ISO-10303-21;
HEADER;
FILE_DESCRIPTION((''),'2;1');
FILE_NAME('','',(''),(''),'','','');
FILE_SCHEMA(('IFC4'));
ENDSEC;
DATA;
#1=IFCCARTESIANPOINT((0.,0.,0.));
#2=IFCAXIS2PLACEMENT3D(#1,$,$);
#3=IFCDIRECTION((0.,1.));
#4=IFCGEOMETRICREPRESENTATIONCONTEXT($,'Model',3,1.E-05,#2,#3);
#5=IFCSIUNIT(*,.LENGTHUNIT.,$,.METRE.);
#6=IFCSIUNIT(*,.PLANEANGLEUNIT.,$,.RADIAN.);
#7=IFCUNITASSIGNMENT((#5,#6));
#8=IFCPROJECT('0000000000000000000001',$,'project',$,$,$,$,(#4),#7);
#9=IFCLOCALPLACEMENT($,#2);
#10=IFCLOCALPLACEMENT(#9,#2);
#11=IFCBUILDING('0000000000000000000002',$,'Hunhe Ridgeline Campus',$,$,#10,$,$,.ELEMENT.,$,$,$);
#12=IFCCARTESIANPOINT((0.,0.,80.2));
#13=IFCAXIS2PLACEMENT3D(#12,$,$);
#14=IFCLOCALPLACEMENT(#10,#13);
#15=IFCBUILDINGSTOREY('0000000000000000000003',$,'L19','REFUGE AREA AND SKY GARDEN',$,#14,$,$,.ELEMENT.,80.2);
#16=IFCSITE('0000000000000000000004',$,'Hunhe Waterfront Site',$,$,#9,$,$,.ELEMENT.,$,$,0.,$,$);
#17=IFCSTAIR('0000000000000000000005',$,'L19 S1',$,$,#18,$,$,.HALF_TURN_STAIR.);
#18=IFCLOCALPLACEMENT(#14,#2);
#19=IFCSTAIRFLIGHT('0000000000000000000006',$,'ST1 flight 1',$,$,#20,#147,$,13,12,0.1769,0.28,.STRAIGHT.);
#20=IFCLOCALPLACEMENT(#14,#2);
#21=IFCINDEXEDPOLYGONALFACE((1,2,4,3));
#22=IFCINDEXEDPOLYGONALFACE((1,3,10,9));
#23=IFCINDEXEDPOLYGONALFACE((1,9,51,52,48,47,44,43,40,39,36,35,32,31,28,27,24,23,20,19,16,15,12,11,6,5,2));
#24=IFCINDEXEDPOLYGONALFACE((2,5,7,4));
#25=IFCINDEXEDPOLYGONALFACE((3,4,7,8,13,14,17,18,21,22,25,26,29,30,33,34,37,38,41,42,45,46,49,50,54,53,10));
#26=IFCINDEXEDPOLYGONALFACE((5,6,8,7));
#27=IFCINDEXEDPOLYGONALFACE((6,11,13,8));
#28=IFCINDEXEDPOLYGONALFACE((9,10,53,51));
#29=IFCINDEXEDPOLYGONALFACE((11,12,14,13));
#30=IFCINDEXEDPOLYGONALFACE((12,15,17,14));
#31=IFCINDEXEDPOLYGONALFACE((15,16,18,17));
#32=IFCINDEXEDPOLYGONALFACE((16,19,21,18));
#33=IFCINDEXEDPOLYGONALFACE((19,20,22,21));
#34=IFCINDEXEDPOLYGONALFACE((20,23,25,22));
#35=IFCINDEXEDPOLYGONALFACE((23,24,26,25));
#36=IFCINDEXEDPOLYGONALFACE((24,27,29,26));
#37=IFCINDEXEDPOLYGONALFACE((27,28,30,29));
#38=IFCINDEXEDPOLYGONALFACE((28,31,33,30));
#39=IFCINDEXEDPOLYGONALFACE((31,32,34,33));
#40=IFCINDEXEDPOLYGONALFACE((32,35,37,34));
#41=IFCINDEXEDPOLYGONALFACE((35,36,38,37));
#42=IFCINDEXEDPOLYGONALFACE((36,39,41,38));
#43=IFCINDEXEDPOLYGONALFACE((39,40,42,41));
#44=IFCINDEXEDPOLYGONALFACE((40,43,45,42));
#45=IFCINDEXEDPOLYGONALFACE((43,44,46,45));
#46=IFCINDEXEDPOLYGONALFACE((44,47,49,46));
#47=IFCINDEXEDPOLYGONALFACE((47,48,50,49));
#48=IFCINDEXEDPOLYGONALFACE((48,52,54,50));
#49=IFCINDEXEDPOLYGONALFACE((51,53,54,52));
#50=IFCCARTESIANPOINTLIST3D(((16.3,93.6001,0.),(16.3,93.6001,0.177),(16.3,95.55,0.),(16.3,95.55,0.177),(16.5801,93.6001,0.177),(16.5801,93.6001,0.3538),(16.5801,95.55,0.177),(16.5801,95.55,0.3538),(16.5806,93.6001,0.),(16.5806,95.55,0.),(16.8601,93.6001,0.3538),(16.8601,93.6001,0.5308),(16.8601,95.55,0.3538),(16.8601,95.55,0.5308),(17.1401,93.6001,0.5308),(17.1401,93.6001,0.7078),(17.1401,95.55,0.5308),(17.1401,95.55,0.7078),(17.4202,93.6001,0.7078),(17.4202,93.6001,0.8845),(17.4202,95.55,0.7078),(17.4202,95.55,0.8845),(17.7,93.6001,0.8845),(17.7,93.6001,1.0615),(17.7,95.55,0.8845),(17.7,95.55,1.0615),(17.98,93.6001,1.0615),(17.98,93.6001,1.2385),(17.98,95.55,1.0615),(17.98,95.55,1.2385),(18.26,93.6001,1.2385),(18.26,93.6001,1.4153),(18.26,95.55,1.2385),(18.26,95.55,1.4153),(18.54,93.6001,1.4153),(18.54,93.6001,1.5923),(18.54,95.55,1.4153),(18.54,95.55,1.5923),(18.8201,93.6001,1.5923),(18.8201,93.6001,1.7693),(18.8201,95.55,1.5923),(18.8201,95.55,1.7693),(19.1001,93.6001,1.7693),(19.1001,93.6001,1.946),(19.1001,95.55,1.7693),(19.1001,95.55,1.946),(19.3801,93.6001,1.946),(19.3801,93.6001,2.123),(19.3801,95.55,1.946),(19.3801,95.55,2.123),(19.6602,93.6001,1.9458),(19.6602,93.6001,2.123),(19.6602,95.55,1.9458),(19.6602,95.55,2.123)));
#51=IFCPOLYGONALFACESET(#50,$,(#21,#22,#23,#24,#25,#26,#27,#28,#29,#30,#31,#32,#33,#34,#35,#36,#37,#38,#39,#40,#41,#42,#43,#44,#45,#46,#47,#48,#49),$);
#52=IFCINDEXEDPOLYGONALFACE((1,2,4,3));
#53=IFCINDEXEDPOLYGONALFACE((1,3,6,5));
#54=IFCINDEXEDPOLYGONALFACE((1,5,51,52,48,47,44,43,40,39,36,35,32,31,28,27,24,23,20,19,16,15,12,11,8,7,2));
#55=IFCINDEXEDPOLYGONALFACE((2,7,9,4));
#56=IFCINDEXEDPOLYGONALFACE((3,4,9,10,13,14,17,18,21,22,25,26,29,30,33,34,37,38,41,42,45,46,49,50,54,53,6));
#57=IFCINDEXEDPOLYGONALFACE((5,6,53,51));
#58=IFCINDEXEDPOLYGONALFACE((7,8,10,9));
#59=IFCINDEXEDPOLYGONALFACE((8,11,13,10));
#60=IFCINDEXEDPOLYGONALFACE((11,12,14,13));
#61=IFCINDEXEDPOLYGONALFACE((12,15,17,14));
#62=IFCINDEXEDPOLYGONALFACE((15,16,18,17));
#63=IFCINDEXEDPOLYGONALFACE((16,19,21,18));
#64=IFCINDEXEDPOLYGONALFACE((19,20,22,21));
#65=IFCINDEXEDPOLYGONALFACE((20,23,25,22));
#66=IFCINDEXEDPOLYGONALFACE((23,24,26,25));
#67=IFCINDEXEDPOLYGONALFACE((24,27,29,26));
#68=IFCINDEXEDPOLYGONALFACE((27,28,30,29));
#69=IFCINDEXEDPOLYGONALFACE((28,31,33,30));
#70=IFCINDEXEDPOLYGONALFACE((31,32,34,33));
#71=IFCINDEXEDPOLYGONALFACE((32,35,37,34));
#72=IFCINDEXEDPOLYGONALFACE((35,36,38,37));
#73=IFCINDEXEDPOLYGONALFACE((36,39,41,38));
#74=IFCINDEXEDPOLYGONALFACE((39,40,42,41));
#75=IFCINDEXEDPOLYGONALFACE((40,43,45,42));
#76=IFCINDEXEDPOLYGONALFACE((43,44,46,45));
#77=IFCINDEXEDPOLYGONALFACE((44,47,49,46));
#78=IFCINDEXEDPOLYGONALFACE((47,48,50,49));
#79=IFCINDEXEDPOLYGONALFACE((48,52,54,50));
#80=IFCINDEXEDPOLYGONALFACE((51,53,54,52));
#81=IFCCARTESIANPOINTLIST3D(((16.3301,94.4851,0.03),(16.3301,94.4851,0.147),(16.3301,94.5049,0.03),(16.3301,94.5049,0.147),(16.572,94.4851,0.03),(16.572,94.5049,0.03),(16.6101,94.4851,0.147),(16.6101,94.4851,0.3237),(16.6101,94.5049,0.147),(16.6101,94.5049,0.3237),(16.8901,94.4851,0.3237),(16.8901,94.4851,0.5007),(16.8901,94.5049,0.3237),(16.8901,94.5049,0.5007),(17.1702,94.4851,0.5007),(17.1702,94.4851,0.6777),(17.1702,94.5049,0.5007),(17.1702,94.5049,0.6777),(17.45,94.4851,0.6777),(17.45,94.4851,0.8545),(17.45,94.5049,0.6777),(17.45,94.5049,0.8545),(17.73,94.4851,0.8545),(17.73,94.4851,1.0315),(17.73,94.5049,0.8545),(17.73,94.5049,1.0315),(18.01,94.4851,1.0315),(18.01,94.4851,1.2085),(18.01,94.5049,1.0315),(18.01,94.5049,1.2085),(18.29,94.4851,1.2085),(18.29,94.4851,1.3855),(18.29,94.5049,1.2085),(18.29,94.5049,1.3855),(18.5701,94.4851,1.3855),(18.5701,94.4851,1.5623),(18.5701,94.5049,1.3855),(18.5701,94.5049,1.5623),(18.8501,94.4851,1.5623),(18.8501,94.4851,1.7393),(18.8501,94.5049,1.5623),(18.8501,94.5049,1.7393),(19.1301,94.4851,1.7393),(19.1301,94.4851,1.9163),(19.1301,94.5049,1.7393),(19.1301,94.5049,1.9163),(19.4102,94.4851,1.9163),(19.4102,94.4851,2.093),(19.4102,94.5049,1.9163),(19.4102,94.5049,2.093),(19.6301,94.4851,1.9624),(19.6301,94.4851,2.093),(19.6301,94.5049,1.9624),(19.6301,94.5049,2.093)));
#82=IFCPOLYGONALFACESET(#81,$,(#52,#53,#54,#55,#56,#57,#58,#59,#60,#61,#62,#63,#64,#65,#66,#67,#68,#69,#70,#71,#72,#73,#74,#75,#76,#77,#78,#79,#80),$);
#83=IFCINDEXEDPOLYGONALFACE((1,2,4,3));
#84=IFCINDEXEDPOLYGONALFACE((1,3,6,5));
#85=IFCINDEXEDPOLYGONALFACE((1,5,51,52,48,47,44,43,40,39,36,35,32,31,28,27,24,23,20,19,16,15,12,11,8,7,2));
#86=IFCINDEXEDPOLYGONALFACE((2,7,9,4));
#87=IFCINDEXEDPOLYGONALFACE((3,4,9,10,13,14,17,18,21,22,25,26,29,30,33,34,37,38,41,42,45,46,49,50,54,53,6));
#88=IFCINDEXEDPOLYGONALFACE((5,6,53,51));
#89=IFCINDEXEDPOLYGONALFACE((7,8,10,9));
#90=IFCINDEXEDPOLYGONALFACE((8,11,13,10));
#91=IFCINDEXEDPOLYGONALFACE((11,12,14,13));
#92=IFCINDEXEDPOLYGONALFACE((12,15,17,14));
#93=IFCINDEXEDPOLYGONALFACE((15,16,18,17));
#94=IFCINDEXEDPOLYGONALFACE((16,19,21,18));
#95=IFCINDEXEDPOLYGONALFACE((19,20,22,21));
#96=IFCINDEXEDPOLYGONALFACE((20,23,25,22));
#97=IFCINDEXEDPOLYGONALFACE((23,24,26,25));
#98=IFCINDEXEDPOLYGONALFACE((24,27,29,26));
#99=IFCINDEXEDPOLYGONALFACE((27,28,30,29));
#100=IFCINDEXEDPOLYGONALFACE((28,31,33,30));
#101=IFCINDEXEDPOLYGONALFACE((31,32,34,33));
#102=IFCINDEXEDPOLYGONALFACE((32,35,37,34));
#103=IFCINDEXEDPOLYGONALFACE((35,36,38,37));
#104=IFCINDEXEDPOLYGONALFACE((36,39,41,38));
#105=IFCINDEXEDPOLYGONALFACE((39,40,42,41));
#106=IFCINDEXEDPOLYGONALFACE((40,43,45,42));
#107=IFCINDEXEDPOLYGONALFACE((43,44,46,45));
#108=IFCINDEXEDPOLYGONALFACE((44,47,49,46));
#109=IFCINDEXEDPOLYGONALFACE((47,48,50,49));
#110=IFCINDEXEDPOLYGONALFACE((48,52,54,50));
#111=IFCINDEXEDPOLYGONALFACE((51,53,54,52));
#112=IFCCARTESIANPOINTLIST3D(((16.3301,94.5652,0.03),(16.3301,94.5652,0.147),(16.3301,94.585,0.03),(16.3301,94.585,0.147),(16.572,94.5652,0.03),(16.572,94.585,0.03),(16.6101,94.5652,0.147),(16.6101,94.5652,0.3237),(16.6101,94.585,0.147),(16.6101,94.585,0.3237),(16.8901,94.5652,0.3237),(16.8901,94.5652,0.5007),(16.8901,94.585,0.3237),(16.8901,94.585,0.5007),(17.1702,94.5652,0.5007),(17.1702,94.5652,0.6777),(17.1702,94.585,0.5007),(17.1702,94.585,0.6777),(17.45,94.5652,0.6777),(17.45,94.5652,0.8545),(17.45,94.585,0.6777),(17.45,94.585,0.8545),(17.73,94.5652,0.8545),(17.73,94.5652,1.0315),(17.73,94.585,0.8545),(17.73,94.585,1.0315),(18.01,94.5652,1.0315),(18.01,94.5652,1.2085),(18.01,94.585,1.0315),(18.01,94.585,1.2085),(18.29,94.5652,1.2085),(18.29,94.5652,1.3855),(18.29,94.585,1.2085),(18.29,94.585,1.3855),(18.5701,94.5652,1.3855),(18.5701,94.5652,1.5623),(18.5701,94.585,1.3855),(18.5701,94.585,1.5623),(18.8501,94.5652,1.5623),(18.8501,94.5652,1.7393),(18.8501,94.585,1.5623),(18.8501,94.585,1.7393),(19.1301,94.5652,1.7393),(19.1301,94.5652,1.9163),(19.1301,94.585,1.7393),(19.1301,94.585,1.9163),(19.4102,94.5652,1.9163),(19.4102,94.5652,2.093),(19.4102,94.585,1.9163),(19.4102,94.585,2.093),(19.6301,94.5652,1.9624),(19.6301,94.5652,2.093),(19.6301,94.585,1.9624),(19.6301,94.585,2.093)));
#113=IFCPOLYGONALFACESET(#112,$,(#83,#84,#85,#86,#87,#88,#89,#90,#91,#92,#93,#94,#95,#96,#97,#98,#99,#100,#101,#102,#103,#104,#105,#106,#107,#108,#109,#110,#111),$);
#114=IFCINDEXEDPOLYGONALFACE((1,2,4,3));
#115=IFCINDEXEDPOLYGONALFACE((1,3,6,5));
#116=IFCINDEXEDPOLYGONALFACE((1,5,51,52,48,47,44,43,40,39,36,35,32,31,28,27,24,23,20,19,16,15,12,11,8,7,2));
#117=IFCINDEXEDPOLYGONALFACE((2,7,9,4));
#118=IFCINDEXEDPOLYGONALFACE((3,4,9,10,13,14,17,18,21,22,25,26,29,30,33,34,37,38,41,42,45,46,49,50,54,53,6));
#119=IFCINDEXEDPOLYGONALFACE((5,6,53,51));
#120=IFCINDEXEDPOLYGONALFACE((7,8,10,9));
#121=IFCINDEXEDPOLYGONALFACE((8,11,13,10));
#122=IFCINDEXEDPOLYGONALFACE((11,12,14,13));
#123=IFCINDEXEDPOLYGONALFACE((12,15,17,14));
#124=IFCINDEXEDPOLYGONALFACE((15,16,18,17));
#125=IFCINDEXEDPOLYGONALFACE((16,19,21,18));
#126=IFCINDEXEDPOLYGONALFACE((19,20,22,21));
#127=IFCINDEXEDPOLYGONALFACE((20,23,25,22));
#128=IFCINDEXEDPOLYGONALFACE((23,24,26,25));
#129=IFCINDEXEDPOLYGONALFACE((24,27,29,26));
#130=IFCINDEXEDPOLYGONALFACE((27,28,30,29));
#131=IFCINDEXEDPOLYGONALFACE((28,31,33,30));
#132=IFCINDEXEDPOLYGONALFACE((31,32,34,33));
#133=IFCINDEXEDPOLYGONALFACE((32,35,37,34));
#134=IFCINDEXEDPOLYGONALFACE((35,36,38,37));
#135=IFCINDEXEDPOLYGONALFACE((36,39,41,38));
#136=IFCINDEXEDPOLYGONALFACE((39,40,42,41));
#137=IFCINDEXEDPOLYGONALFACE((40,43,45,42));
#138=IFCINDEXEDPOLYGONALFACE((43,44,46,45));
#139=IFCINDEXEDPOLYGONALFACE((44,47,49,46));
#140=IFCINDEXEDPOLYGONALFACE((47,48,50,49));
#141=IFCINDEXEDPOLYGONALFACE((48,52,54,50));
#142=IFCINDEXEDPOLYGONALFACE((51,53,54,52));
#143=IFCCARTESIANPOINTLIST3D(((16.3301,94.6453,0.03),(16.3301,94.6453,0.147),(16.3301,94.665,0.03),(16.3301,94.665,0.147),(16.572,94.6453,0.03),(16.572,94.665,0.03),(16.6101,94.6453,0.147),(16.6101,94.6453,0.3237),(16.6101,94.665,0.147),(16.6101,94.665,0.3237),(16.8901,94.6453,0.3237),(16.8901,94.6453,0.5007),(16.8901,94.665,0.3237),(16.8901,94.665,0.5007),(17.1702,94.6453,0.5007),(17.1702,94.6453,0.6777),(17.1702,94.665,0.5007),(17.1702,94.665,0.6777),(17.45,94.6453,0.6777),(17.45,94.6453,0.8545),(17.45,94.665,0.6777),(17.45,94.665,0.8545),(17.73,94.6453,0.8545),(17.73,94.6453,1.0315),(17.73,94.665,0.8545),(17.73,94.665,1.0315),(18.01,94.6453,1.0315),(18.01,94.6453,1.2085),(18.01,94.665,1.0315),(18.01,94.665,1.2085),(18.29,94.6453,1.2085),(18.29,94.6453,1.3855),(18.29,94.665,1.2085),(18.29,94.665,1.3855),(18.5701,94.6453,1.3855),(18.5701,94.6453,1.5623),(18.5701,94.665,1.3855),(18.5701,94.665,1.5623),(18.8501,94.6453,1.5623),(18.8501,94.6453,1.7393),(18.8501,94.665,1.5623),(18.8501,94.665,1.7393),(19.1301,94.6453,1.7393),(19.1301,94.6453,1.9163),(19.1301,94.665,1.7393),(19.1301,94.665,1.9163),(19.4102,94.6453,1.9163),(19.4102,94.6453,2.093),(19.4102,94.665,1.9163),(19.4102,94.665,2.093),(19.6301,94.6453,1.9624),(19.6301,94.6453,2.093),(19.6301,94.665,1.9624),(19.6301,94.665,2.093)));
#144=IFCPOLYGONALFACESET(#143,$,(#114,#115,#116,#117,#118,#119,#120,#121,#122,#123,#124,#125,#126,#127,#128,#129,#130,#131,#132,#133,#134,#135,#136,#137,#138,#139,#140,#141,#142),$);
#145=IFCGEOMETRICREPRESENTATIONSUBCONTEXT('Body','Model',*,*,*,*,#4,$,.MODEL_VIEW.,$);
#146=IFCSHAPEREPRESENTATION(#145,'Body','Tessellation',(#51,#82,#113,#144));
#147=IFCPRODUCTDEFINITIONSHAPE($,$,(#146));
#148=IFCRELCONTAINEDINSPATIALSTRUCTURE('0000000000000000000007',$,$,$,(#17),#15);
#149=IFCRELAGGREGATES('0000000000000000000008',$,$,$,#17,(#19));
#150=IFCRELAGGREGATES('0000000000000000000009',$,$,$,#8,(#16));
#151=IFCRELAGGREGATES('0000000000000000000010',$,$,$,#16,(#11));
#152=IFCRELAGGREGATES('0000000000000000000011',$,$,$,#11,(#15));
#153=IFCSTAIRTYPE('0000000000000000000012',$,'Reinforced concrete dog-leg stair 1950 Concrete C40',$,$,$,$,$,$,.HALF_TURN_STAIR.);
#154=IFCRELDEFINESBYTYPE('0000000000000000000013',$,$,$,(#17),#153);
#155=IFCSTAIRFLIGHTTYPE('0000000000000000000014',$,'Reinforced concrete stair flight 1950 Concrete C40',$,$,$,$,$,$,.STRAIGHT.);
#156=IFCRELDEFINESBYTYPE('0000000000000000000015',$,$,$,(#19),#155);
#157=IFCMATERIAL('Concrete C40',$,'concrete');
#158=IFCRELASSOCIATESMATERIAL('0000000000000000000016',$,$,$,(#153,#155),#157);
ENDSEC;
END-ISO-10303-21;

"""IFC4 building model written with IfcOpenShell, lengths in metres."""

from ifc_helpers import new_model, si_unit, direction, frame, origin, place, context, subcontext, project, spatial, polyline, outline, extrude, material, type_object, element, aggregate, save


model = new_model("IFC4")

# Units and contexts
model_context = context("Model", 3, precision=1e-05, world=origin(), true_north=direction((0.0, 1.0)))
body_context = subcontext(model_context, "Body", "Model", "MODEL_VIEW")
ifc_project = project(units=[si_unit("LENGTHUNIT", "METRE"), si_unit("PLANEANGLEUNIT", "RADIAN")], contexts=[model_context])

# Site, building, storey
site_placement = place(None, origin())
site = spatial("IfcSite", under=ifc_project, at=site_placement, Name="Hunhe Waterfront Site", CompositionType="ELEMENT", RefElevation=0.0)
building_placement = place(site_placement, origin())
building = spatial("IfcBuilding", under=site, at=building_placement, Name="Hunhe Ridgeline Campus", CompositionType="ELEMENT")
storey_placement = place(building_placement, frame((0.0, 0.0, 80.2)))
storey = spatial("IfcBuildingStorey", under=building, at=storey_placement, Name="L19", Description="REFUGE AREA AND SKY GARDEN", CompositionType="ELEMENT", Elevation=80.2)

# Stair, stair flight
ifc_material_1 = material(Name="Concrete C40", Category="concrete")
stair_type = type_object("IfcStairType", Name="Reinforced concrete dog-leg stair 1950 Concrete C40", PredefinedType="HALF_TURN_STAIR", material=ifc_material_1)
stair_placement = place(storey_placement, origin())
stair = element("IfcStair", 1, at=stair_placement, inside=storey, type_object=stair_type, Name="L19 S1", PredefinedType="HALF_TURN_STAIR")
stair_flight_type = type_object("IfcStairFlightType", Name="Reinforced concrete stair flight 1950 Concrete C40", PredefinedType="STRAIGHT", material=ifc_material_1)
stair_flight_1_placement = place(storey_placement, frame((16.3, 94.575, 0.0), z_axis=(0.0, 0.0, 1.0), x_axis=(1.0, 0.0, 0.0)))
stair_flight_1 = element("IfcStairFlight", 2, at=stair_flight_1_placement, type_object=stair_flight_type, Name="ST1 flight 1", NumberOfRisers=13, NumberOfTreads=12, PredefinedType="STRAIGHT", RiserHeight=0.1769, TreadLength=0.28, context=body_context, shape_type="SweptSolid", body=[
    extrude(outline(polyline([(0.0, 0.0), (0.0, 0.177), (0.28, 0.177), (0.28, 0.3538), (0.5601, 0.3538), (0.5601, 0.5308), (0.8401, 0.5308), (0.8401, 0.7078), (1.1201, 0.7078), (1.1201, 0.8845), (1.3999, 0.8845), (1.3999, 1.0615), (1.6799, 1.0615), (1.6799, 1.2385), (1.96, 1.2385), (1.96, 1.4153), (2.24, 1.4153), (2.24, 1.5923), (2.52, 1.5923), (2.52, 1.7693), (2.8, 1.7693), (2.8, 1.946), (3.0801, 1.946), (3.0801, 2.123), (3.3601, 2.123), (3.3601, 2.3), (3.3601, 1.9458), (0.2805, 0.0), (0.0, 0.0)])), frame((0.0, 0.9751, 0.0), z_axis=(0.0, -1.0, 0.0), x_axis=(1.0, 0.0, 0.0)), (0.0, 0.0, 1.0), 1.95),
    extrude(outline(polyline([(0.03, 0.03), (0.03, 0.147), (0.3101, 0.147), (0.3101, 0.3237), (0.5901, 0.3237), (0.5901, 0.5007), (0.8701, 0.5007), (0.8701, 0.6777), (1.1499, 0.6777), (1.1499, 0.8545), (1.4299, 0.8545), (1.4299, 1.0315), (1.71, 1.0315), (1.71, 1.2085), (1.99, 1.2085), (1.99, 1.3855), (2.27, 1.3855), (2.27, 1.5623), (2.55, 1.5623), (2.55, 1.7393), (2.8301, 1.7393), (2.8301, 1.9163), (3.1101, 1.9163), (3.1101, 2.093), (3.3301, 2.093), (3.3301, 1.9624), (0.272, 0.03), (0.03, 0.03)])), frame((0.0, -0.0701, 0.0), z_axis=(0.0, -1.0, 0.0), x_axis=(1.0, 0.0, 0.0)), (0.0, 0.0, 1.0), 0.0198),
    extrude(outline(polyline([(0.03, 0.03), (0.03, 0.147), (0.3101, 0.147), (0.3101, 0.3237), (0.5901, 0.3237), (0.5901, 0.5007), (0.8701, 0.5007), (0.8701, 0.6777), (1.1499, 0.6777), (1.1499, 0.8545), (1.4299, 0.8545), (1.4299, 1.0315), (1.71, 1.0315), (1.71, 1.2085), (1.99, 1.2085), (1.99, 1.3855), (2.27, 1.3855), (2.27, 1.5623), (2.55, 1.5623), (2.55, 1.7393), (2.8301, 1.7393), (2.8301, 1.9163), (3.1101, 1.9163), (3.1101, 2.093), (3.3301, 2.093), (3.3301, 1.9624), (0.272, 0.03), (0.03, 0.03)])), frame((0.0, 0.01, 0.0), z_axis=(0.0, -1.0, 0.0), x_axis=(1.0, 0.0, 0.0)), (0.0, 0.0, 1.0), 0.0198),
    extrude(outline(polyline([(0.03, 0.03), (0.03, 0.147), (0.3101, 0.147), (0.3101, 0.3237), (0.5901, 0.3237), (0.5901, 0.5007), (0.8701, 0.5007), (0.8701, 0.6777), (1.1499, 0.6777), (1.1499, 0.8545), (1.4299, 0.8545), (1.4299, 1.0315), (1.71, 1.0315), (1.71, 1.2085), (1.99, 1.2085), (1.99, 1.3855), (2.27, 1.3855), (2.27, 1.5623), (2.55, 1.5623), (2.55, 1.7393), (2.8301, 1.7393), (2.8301, 1.9163), (3.1101, 1.9163), (3.1101, 2.093), (3.3301, 2.093), (3.3301, 1.9624), (0.272, 0.03), (0.03, 0.03)])), frame((0.0, 0.0901, 0.0), z_axis=(0.0, -1.0, 0.0), x_axis=(1.0, 0.0, 0.0)), (0.0, 0.0, 1.0), 0.0198),
])
aggregate(stair, [stair_flight_1])

save(model, "model.ifc")
